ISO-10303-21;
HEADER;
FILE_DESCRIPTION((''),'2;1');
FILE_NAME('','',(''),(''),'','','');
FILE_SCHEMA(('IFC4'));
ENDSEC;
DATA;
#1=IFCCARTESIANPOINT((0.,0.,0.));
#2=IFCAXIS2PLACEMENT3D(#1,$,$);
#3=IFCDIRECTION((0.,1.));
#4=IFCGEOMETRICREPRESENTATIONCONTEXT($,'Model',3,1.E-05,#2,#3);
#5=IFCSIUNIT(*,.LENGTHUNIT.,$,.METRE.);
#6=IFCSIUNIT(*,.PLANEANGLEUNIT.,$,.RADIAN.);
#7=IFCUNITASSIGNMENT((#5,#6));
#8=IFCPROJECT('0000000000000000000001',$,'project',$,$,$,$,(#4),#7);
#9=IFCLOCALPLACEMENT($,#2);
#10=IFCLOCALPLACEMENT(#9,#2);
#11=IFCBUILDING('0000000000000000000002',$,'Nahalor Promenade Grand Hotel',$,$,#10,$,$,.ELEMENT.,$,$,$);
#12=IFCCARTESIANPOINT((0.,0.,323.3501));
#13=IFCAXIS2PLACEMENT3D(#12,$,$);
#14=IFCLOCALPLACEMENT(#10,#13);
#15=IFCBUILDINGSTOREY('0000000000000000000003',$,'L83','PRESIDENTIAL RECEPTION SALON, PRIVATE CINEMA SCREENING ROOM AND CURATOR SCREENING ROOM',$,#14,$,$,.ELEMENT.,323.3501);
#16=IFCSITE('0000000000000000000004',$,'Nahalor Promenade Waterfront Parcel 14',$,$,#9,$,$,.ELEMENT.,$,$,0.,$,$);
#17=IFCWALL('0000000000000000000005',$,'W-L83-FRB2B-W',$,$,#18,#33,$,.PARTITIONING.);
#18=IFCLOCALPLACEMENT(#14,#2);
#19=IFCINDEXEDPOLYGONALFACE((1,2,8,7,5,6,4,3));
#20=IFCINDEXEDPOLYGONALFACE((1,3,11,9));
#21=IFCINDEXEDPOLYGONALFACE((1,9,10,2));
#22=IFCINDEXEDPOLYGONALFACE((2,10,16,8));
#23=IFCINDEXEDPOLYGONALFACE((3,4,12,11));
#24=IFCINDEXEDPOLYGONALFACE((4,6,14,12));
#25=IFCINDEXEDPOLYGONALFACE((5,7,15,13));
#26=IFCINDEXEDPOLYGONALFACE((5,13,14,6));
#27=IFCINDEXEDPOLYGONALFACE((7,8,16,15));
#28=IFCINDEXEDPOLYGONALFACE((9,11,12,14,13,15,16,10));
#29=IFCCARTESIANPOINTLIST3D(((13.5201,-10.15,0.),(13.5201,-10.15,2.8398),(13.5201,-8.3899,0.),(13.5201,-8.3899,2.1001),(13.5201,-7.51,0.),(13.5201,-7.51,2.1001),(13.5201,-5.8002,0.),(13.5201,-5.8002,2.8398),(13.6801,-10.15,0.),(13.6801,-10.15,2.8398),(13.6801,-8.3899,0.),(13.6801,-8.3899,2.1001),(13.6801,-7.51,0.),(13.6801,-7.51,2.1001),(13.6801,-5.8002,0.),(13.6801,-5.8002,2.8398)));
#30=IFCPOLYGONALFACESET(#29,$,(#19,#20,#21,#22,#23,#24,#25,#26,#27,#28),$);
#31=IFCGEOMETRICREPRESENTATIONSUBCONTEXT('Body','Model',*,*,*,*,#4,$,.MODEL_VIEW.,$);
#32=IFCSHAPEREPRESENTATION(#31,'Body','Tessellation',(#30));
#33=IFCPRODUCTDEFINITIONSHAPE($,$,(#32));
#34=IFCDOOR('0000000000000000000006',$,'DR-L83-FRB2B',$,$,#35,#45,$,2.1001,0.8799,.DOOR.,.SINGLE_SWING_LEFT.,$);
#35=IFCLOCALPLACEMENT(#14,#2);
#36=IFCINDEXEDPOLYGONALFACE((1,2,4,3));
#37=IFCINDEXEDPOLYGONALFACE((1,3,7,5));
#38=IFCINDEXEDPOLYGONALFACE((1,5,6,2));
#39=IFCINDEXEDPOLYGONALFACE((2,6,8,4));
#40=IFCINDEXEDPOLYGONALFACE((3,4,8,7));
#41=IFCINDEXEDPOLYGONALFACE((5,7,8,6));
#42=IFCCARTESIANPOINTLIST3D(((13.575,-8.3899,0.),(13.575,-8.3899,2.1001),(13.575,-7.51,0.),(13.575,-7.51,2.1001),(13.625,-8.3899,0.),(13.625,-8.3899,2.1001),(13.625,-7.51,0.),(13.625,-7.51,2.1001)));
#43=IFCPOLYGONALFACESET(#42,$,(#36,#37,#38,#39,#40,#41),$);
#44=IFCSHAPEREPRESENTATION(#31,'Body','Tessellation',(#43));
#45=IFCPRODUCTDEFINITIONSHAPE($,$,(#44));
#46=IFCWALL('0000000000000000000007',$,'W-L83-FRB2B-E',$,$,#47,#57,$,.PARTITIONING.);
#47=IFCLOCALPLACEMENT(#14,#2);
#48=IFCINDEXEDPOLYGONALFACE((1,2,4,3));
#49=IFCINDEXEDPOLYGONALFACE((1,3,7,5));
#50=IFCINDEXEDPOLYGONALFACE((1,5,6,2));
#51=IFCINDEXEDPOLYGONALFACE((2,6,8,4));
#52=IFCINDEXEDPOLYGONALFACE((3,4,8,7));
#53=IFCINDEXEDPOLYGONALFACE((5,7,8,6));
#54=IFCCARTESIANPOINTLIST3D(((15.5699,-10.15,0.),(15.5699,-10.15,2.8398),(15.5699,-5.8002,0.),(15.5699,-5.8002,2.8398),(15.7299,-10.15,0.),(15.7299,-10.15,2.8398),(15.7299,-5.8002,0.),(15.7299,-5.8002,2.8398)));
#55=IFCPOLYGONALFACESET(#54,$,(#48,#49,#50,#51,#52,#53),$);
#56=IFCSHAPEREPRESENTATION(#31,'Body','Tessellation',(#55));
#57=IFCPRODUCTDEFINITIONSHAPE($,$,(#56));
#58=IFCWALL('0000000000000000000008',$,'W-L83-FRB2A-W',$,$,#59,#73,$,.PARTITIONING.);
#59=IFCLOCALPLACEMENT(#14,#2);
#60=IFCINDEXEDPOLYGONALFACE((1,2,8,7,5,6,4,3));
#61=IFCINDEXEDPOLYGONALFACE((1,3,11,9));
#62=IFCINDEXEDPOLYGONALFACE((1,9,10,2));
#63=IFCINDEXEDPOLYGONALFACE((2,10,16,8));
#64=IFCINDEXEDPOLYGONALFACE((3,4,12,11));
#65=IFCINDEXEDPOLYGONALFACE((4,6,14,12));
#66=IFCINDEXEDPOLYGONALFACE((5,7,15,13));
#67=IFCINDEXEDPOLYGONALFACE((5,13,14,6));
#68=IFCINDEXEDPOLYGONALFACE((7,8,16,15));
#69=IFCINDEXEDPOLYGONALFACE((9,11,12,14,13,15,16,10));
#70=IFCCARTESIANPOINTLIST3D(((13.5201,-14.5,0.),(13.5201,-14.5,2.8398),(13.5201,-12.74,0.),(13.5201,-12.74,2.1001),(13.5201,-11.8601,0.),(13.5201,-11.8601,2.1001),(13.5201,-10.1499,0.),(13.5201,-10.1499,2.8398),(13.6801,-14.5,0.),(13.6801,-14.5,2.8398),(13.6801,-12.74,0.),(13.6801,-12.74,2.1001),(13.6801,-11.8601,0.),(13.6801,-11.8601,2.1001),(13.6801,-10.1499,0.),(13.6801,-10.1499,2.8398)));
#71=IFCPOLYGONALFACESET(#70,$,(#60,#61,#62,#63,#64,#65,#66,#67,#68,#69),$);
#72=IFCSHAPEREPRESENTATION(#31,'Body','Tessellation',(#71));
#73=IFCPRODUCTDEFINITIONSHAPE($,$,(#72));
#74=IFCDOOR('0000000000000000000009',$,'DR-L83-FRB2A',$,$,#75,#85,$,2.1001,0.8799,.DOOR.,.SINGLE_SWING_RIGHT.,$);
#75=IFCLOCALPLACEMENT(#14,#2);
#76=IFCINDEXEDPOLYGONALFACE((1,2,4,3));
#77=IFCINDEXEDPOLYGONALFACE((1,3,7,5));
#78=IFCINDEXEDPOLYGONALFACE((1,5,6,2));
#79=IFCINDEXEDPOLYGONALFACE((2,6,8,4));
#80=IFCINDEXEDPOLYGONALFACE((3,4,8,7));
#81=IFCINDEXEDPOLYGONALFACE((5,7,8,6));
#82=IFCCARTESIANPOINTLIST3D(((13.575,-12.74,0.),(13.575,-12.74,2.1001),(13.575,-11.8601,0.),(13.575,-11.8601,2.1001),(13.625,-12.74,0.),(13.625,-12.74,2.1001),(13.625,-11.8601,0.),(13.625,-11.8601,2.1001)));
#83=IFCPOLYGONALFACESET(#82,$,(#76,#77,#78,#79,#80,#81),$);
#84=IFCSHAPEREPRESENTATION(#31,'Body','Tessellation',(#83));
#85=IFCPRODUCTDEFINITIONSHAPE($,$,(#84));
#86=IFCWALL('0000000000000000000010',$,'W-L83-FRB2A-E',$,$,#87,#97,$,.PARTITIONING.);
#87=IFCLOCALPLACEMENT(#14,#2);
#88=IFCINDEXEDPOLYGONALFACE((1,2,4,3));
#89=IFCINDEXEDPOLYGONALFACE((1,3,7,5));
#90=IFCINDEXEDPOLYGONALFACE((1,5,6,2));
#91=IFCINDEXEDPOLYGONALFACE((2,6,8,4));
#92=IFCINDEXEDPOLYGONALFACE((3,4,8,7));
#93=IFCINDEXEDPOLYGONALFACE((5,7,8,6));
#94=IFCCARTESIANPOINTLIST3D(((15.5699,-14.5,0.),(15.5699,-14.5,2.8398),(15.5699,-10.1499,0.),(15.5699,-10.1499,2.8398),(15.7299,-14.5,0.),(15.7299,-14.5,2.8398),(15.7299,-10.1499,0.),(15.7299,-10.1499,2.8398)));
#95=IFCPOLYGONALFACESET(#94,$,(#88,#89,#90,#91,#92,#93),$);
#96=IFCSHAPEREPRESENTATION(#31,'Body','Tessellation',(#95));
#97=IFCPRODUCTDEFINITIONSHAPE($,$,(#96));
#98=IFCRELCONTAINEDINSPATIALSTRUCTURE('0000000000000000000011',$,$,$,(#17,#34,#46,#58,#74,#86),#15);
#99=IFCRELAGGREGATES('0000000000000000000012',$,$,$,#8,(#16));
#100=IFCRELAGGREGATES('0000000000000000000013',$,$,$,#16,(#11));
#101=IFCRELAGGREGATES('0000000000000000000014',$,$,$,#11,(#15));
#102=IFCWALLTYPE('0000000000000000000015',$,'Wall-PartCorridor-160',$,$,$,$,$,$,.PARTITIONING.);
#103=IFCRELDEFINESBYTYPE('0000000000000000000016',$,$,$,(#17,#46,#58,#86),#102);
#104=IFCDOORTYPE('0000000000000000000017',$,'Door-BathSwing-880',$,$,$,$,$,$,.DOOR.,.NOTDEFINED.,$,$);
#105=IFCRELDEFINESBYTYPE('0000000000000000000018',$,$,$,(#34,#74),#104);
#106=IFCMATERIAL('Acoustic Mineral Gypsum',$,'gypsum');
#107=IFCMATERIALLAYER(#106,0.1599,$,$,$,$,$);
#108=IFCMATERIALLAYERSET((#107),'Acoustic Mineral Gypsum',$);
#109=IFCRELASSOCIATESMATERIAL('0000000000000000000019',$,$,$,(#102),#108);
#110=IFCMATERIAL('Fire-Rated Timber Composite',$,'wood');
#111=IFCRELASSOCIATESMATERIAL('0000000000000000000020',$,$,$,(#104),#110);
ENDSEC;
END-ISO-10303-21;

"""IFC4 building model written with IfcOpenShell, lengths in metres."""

from ifc_helpers import new_model, si_unit, direction, frame, frame_2d, origin, place, context, subcontext, project, spatial, rectangle, extrude, source, transform, mapped, material, layer, layer_set, type_object, element, fill, save


model = new_model("IFC4")

# Units and contexts
model_context = context("Model", 3, precision=1e-05, world=origin(), true_north=direction((0.0, 1.0)))
body_context = subcontext(model_context, "Body", "Model", "MODEL_VIEW")
ifc_project = project(units=[si_unit("LENGTHUNIT", "METRE"), si_unit("PLANEANGLEUNIT", "RADIAN")], contexts=[model_context])

# Site, building, storey
site_placement = place(None, origin())
site = spatial("IfcSite", under=ifc_project, at=site_placement, Name="Nahalor Promenade Waterfront Parcel 14", CompositionType="ELEMENT", RefElevation=0.0)
building_placement = place(site_placement, origin())
building = spatial("IfcBuilding", under=site, at=building_placement, Name="Nahalor Promenade Grand Hotel", CompositionType="ELEMENT")
storey_placement = place(building_placement, frame((0.0, 0.0, 323.3501)))
storey = spatial("IfcBuildingStorey", under=building, at=storey_placement, Name="L83", Description="PRESIDENTIAL RECEPTION SALON, PRIVATE CINEMA SCREENING ROOM AND CURATOR SCREENING ROOM", CompositionType="ELEMENT", Elevation=323.3501)

# Shared definitions
ifc_material_1 = material(Name="Acoustic Mineral Gypsum", Category="gypsum")
ifc_layer_1 = layer(ifc_material_1, 0.1599)
ifc_layer_set_1 = layer_set([ifc_layer_1], Name="Acoustic Mineral Gypsum")
wall_type_1 = type_object("IfcWallType", Name="Wall-PartCorridor-160", PredefinedType="PARTITIONING", material=ifc_layer_set_1)

# Wall, opening, door
shared_shape_1 = source(origin(), body_context, "Body", "SweptSolid", [
    extrude(rectangle(XDim=4.3499, YDim=0.1599, at=frame_2d((2.1748, 0.0))), origin(), (0.0, 0.0, 1.0), 2.8398),
])
wall_1_placement = place(storey_placement, frame((13.6001, -10.1499, 0.0), z_axis=(0.0, 0.0, 1.0), x_axis=(0.0, 1.0, 0.0)))
wall_1 = element("IfcWall", 1, at=wall_1_placement, inside=storey, type_object=wall_type_1, Name="W-L83-FRB2B-W", PredefinedType="PARTITIONING", context=body_context, shape_type="MappedRepresentation", body=[
    mapped(shared_shape_1, transform((0.0, 0.0, 0.0), scale=1.0)),
])
opening_1_placement = place(wall_1_placement, frame((1.76, 0.0, 0.0)))
opening_1 = element("IfcOpeningElement", 2, at=opening_1_placement, cuts=wall_1, PredefinedType="OPENING", context=body_context, shape_type="SweptSolid", body=[
    extrude(rectangle(XDim=0.8799, YDim=2.1001, at=frame_2d((0.4399, 1.05))), frame((0.0, 0.0898, 0.0), z_axis=(0.0, -1.0, 0.0), x_axis=(1.0, 0.0, 0.0)), (0.0, 0.0, 1.0), 0.1799),
])
ifc_material_2 = material(Name="Fire-Rated Timber Composite", Category="wood")
door_type_1 = type_object("IfcDoorType", Name="Door-BathSwing-880", OperationType="NOTDEFINED", PredefinedType="DOOR", material=ifc_material_2)
shared_shape_2 = source(origin(), body_context, "Body", "SweptSolid", [
    extrude(rectangle(XDim=0.8799, YDim=2.1001, at=frame_2d((0.4399, 1.05))), frame((0.0, 0.0249, 0.0), z_axis=(0.0, -1.0, 0.0), x_axis=(1.0, 0.0, 0.0)), (0.0, 0.0, 1.0), 0.05),
])
door_1_placement = place(opening_1_placement, frame((0.8799, 0.0, 0.0), z_axis=(0.0, 0.0, 1.0), x_axis=(-1.0, 0.0, 0.0)))
door_1 = element("IfcDoor", 3, at=door_1_placement, inside=storey, type_object=door_type_1, Name="DR-L83-FRB2B", OperationType="SINGLE_SWING_LEFT", OverallHeight=2.1001, OverallWidth=0.8799, PredefinedType="DOOR", context=body_context, shape_type="MappedRepresentation", body=[
    mapped(shared_shape_2, transform((0.0, 0.0, 0.0), scale=1.0)),
])
fill(opening_1, door_1)

# Wall
wall_2_placement = place(storey_placement, frame((15.6499, -10.1499, 0.0), z_axis=(0.0, 0.0, 1.0), x_axis=(0.0, 1.0, 0.0)))
element("IfcWall", 4, at=wall_2_placement, inside=storey, type_object=wall_type_1, Name="W-L83-FRB2B-E", PredefinedType="PARTITIONING", context=body_context, shape_type="MappedRepresentation", body=[
    mapped(shared_shape_1, transform((0.0, 0.0, 0.0), scale=1.0)),
])

# Wall, opening, door
shared_shape_3 = source(origin(), body_context, "Body", "SweptSolid", [
    extrude(rectangle(XDim=4.3501, YDim=0.1599, at=frame_2d((2.175, 0.0))), origin(), (0.0, 0.0, 1.0), 2.8398),
])
wall_3_placement = place(storey_placement, frame((13.6001, -14.5, 0.0), z_axis=(0.0, 0.0, 1.0), x_axis=(0.0, 1.0, 0.0)))
wall_3 = element("IfcWall", 5, at=wall_3_placement, inside=storey, type_object=wall_type_1, Name="W-L83-FRB2A-W", PredefinedType="PARTITIONING", context=body_context, shape_type="MappedRepresentation", body=[
    mapped(shared_shape_3, transform((0.0, 0.0, 0.0), scale=1.0)),
])
opening_2_placement = place(wall_3_placement, frame((1.76, 0.0, 0.0)))
opening_2 = element("IfcOpeningElement", 6, at=opening_2_placement, cuts=wall_3, PredefinedType="OPENING", context=body_context, shape_type="SweptSolid", body=[
    extrude(rectangle(XDim=0.8799, YDim=2.1001, at=frame_2d((0.4399, 1.05))), frame((0.0, 0.0898, 0.0), z_axis=(0.0, -1.0, 0.0), x_axis=(1.0, 0.0, 0.0)), (0.0, 0.0, 1.0), 0.1799),
])
door_2_placement = place(opening_2_placement, frame((0.8799, 0.0, 0.0), z_axis=(0.0, 0.0, 1.0), x_axis=(-1.0, 0.0, 0.0)))
door_2 = element("IfcDoor", 7, at=door_2_placement, inside=storey, type_object=door_type_1, Name="DR-L83-FRB2A", OperationType="SINGLE_SWING_RIGHT", OverallHeight=2.1001, OverallWidth=0.8799, PredefinedType="DOOR", context=body_context, shape_type="MappedRepresentation", body=[
    mapped(shared_shape_2, transform((0.0, 0.0, 0.0), scale=1.0)),
])
fill(opening_2, door_2)

# Wall
wall_4_placement = place(storey_placement, frame((15.6499, -14.5, 0.0), z_axis=(0.0, 0.0, 1.0), x_axis=(0.0, 1.0, 0.0)))
element("IfcWall", 8, at=wall_4_placement, inside=storey, type_object=wall_type_1, Name="W-L83-FRB2A-E", PredefinedType="PARTITIONING", context=body_context, shape_type="MappedRepresentation", body=[
    mapped(shared_shape_3, transform((0.0, 0.0, 0.0), scale=1.0)),
])

save(model, "model.ifc")
